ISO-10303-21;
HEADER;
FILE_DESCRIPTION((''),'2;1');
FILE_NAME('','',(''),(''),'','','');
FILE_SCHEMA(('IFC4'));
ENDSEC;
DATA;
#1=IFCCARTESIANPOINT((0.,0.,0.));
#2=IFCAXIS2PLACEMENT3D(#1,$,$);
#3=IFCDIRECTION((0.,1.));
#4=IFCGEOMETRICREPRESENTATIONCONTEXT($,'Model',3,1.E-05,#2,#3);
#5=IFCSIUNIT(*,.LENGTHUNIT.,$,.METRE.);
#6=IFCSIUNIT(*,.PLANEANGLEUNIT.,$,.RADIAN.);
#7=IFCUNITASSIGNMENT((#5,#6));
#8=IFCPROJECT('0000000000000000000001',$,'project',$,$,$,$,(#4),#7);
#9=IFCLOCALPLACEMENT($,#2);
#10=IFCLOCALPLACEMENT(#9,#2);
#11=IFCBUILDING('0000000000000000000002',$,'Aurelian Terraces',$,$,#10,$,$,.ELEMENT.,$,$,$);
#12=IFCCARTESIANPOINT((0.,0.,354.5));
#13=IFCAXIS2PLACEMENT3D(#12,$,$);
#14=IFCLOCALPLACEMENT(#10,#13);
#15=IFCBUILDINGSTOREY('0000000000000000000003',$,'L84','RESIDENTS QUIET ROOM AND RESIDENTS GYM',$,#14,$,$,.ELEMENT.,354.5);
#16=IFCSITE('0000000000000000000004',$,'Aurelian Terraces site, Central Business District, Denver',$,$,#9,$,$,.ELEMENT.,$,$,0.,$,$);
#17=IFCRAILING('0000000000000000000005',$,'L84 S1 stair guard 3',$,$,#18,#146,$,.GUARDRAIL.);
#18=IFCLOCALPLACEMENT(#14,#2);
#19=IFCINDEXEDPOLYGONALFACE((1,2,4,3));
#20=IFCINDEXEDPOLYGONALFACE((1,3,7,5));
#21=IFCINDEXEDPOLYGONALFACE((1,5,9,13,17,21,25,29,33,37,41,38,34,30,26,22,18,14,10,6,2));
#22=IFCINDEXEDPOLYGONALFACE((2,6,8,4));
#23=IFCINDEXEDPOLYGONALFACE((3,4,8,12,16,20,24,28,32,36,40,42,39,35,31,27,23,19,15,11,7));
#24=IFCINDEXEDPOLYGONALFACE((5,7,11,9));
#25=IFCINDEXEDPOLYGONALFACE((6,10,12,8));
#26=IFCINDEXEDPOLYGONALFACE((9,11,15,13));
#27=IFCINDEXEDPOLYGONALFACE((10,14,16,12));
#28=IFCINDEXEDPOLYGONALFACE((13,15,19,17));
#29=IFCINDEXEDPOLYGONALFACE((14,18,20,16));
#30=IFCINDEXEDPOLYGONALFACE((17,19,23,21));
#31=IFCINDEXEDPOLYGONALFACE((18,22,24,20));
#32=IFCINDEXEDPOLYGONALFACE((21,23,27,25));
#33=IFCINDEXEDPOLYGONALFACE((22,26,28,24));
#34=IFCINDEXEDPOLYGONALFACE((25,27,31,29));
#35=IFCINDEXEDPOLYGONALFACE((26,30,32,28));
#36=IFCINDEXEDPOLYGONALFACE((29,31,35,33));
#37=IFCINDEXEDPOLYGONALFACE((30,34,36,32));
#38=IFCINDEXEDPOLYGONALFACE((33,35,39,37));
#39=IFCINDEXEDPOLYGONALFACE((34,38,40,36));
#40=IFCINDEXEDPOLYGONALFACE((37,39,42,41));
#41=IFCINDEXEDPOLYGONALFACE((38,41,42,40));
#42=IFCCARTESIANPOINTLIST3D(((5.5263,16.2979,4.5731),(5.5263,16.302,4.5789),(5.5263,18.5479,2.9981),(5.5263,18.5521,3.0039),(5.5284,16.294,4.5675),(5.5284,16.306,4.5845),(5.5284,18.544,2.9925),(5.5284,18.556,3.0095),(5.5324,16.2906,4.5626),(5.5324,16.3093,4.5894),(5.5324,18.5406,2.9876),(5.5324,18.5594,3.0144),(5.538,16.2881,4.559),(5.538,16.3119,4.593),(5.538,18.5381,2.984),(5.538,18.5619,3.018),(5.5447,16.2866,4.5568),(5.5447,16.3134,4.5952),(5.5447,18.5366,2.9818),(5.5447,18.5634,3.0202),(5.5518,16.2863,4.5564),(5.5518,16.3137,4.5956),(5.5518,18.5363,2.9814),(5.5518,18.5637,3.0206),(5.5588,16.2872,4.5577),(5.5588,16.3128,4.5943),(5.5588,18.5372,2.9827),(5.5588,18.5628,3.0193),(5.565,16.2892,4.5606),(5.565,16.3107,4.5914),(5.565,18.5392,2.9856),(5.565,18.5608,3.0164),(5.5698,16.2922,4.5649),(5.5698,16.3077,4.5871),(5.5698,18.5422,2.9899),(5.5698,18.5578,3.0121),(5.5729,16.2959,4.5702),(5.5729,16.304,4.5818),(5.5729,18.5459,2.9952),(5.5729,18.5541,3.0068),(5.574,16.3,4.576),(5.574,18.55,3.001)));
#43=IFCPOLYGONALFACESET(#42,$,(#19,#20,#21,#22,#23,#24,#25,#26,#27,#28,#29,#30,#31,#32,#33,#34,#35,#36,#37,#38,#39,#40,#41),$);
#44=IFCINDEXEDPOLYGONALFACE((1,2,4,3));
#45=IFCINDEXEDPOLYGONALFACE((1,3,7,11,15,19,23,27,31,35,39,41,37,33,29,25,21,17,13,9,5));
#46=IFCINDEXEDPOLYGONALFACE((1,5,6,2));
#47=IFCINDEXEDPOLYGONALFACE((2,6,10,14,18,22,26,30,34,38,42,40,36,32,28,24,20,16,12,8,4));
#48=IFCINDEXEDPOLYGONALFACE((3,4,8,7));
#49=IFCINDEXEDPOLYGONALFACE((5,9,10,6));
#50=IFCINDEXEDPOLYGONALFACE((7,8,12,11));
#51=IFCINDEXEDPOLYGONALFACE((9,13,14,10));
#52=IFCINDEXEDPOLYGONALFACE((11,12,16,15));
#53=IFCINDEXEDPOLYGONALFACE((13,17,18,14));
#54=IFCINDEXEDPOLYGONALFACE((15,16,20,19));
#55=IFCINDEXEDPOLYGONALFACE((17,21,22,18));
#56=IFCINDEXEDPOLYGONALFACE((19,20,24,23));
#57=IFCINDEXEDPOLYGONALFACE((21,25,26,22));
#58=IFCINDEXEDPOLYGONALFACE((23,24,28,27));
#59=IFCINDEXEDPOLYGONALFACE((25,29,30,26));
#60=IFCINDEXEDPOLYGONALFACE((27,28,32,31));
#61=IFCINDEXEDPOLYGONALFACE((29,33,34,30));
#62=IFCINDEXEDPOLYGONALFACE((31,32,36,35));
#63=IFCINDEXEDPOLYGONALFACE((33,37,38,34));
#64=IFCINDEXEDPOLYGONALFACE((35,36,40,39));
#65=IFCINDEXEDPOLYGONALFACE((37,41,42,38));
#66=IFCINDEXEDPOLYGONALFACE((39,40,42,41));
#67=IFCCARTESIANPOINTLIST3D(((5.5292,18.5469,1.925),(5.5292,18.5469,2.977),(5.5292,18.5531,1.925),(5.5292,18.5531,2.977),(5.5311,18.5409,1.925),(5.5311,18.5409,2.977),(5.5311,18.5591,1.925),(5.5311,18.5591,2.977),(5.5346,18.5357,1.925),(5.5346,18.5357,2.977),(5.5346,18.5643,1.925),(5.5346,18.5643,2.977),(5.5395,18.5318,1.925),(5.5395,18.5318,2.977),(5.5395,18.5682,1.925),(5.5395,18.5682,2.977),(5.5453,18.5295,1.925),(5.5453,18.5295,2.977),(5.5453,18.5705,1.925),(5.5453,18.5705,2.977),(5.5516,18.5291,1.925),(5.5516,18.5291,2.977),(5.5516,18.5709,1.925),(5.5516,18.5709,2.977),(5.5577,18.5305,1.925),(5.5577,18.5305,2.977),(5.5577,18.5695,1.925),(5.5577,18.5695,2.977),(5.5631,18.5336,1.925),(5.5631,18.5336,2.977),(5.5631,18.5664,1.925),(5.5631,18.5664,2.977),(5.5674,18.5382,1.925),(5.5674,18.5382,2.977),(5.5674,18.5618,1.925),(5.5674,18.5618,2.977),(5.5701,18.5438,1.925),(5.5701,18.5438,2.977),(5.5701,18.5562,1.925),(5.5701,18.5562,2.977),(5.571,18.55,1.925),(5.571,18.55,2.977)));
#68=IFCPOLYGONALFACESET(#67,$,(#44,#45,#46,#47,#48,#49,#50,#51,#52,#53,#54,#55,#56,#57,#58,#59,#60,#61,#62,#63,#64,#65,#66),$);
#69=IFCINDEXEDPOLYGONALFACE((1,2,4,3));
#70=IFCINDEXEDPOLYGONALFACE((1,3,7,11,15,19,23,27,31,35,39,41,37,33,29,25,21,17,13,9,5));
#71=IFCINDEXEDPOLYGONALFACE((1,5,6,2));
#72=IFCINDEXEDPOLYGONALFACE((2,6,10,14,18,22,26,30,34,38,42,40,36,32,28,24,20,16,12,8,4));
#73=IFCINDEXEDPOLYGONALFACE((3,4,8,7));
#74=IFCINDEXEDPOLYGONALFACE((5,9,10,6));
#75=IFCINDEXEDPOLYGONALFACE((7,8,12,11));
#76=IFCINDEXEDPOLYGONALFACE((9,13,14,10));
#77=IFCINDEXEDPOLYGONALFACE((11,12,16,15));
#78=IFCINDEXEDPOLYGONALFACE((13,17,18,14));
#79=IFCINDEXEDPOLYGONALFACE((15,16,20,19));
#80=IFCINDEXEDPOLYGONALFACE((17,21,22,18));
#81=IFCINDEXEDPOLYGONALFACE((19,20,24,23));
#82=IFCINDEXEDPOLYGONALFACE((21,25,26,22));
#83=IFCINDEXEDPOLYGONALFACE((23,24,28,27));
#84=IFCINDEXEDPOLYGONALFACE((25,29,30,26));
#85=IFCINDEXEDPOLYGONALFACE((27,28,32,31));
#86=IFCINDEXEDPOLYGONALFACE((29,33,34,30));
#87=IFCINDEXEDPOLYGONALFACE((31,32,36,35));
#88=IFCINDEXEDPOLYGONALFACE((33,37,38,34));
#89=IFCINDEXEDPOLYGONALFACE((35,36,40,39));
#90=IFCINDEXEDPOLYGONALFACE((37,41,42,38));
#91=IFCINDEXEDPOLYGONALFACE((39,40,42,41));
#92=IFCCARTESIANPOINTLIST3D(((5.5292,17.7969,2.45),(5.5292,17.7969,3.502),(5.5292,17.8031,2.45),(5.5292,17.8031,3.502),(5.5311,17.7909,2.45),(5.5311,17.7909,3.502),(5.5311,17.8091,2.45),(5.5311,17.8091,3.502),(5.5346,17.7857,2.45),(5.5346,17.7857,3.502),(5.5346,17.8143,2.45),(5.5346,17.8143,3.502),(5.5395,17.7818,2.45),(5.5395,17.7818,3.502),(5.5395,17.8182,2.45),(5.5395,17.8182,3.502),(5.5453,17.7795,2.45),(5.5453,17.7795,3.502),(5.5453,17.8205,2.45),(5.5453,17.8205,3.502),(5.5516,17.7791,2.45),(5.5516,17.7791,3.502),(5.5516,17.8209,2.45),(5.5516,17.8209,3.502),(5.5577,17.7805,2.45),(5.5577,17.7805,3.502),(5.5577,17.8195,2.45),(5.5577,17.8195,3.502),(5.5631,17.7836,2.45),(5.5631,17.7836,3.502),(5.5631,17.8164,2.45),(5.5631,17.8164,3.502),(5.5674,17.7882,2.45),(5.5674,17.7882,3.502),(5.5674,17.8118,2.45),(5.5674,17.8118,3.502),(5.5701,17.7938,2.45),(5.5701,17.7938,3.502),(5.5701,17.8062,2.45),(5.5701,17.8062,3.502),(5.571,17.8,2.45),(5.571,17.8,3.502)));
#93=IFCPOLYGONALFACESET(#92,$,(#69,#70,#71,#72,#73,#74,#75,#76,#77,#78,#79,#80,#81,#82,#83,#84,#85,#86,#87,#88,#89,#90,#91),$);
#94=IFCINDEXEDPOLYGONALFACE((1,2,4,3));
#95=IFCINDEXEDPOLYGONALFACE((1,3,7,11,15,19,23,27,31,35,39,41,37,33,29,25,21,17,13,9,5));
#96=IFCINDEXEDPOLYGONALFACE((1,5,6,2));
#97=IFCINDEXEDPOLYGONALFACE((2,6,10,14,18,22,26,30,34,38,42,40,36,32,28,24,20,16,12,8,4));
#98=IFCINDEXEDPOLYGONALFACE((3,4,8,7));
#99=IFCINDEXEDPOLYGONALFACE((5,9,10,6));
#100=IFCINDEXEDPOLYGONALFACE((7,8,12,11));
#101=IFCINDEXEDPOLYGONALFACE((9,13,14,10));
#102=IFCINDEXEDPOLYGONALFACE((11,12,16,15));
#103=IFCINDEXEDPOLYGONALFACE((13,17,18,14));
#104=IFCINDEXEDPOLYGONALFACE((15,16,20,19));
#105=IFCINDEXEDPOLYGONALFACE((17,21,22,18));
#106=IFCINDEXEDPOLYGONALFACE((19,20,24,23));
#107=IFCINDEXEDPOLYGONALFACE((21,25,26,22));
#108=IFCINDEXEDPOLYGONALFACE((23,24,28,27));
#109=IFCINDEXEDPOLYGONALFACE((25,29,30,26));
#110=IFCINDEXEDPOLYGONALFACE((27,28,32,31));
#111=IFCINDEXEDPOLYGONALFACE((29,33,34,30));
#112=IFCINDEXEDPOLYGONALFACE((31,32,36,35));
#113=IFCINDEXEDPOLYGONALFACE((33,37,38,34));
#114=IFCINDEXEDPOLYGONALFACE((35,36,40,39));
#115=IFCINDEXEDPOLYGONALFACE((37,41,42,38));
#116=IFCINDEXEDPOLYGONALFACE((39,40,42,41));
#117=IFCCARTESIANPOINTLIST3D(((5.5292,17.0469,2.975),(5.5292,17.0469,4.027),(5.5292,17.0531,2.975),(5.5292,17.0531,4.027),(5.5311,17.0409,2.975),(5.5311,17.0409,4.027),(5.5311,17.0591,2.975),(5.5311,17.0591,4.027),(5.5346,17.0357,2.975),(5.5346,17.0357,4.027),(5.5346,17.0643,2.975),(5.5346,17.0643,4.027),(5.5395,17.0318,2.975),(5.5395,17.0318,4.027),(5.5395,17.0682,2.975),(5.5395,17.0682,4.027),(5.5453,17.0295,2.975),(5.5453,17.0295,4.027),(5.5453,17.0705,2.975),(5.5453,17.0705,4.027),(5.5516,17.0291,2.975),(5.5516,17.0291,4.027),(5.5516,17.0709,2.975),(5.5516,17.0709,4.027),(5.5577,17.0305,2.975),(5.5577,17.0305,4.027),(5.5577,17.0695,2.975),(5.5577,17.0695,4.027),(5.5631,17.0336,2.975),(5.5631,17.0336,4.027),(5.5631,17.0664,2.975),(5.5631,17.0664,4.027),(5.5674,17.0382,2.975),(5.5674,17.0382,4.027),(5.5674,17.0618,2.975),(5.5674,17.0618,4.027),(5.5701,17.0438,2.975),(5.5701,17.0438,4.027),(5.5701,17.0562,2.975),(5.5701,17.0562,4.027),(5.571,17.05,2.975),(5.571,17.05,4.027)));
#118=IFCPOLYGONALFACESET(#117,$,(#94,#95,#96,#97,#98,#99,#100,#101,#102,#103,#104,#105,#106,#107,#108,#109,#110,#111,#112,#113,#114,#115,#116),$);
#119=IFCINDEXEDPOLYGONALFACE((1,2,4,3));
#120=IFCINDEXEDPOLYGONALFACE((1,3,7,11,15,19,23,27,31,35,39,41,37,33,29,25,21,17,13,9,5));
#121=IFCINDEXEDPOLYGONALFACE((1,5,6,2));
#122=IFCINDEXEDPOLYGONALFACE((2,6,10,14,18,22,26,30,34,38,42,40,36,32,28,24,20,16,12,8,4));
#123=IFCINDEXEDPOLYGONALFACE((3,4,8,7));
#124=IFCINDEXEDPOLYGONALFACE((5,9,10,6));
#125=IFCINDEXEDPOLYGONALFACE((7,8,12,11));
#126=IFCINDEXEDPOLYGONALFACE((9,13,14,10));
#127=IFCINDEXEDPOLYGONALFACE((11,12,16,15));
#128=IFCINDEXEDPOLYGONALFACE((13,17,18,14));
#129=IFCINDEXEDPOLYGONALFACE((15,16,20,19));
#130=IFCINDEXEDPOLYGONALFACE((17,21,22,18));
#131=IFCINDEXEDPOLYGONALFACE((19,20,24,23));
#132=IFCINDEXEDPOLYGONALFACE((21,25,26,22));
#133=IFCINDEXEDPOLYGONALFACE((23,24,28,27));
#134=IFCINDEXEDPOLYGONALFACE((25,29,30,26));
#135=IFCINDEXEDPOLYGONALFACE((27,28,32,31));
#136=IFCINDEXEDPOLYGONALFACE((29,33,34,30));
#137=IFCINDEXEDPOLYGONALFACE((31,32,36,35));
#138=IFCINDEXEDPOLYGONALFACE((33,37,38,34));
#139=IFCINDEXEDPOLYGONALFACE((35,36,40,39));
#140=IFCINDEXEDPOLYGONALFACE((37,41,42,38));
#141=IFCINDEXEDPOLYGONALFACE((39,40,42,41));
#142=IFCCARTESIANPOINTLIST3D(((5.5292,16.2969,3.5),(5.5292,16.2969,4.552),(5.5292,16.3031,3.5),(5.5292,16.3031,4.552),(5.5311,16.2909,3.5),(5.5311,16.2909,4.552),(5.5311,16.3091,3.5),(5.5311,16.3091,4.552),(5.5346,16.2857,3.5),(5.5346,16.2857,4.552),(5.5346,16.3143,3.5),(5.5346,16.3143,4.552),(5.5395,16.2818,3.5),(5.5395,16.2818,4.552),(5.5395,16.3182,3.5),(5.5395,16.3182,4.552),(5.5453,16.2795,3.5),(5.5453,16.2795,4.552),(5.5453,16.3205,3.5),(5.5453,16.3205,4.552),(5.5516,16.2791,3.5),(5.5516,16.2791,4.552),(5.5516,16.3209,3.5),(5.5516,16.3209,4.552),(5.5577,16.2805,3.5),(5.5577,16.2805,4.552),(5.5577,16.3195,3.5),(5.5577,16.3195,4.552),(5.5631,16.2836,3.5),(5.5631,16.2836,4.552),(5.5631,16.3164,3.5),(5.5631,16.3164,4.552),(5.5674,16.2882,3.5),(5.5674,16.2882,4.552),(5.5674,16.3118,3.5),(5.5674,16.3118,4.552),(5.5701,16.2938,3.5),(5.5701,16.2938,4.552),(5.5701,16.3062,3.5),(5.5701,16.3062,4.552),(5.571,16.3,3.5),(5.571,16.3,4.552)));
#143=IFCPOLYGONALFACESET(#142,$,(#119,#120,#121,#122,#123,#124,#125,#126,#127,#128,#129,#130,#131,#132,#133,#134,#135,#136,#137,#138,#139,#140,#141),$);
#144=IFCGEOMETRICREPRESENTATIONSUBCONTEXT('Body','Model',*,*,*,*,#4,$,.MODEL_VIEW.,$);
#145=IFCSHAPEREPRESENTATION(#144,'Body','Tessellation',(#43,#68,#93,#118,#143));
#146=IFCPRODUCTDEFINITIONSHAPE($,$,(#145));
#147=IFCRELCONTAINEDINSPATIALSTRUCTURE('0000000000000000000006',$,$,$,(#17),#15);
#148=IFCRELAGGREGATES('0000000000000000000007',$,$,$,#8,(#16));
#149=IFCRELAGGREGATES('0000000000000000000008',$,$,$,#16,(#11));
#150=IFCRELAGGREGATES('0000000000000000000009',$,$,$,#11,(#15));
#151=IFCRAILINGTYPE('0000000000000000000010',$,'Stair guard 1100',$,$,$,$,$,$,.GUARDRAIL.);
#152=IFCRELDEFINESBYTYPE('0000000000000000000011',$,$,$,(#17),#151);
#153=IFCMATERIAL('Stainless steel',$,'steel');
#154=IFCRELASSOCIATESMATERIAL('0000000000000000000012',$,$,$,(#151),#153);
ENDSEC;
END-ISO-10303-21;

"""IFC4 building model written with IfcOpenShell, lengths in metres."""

from ifc_helpers import new_model, si_unit, direction, frame, origin, origin_2d, place, context, subcontext, project, spatial, circle, extrude, source, transform, mapped, material, type_object, element, save


model = new_model("IFC4")

# Units and contexts
model_context = context("Model", 3, precision=1e-05, world=origin(), true_north=direction((0.0, 1.0)))
body_context = subcontext(model_context, "Body", "Model", "MODEL_VIEW")
ifc_project = project(units=[si_unit("LENGTHUNIT", "METRE"), si_unit("PLANEANGLEUNIT", "RADIAN")], contexts=[model_context])

# Site, building, storey
site_placement = place(None, origin())
site = spatial("IfcSite", under=ifc_project, at=site_placement, Name="Aurelian Terraces site, Central Business District, Denver", CompositionType="ELEMENT", RefElevation=0.0)
building_placement = place(site_placement, origin())
building = spatial("IfcBuilding", under=site, at=building_placement, Name="Aurelian Terraces", CompositionType="ELEMENT")
storey_placement = place(building_placement, frame((0.0, 0.0, 354.5)))
storey = spatial("IfcBuildingStorey", under=building, at=storey_placement, Name="L84", Description="RESIDENTS QUIET ROOM AND RESIDENTS GYM", CompositionType="ELEMENT", Elevation=354.5)

# Railing
ifc_material_1 = material(Name="Stainless steel", Category="steel")
railing_type_1 = type_object("IfcRailingType", Name="Stair guard 1100", PredefinedType="GUARDRAIL", material=ifc_material_1)
shared_shape_1 = source(origin(), body_context, "Body", "SweptSolid", [
    extrude(circle(Radius=0.024, at=origin_2d()), frame((0.0, 0.0, 1.076), z_axis=(0.0, -0.819232, 0.573462), x_axis=(1.0, 0.0, 0.0)), (0.0, 0.0, 1.0), 2.7465),
    extrude(circle(Radius=0.021, at=origin_2d()), origin(), (0.0, 0.0, 1.0), 1.052),
    extrude(circle(Radius=0.021, at=origin_2d()), frame((0.0, -0.75, 0.525)), (0.0, 0.0, 1.0), 1.052),
    extrude(circle(Radius=0.021, at=origin_2d()), frame((0.0, -1.5, 1.05)), (0.0, 0.0, 1.0), 1.052),
    extrude(circle(Radius=0.021, at=origin_2d()), frame((0.0, -2.25, 1.575)), (0.0, 0.0, 1.0), 1.052),
])
railing_1_placement = place(storey_placement, frame((5.55, 18.55, 1.925)))
element("IfcRailing", 1, at=railing_1_placement, inside=storey, type_object=railing_type_1, Name="L84 S1 stair guard 3", PredefinedType="GUARDRAIL", context=body_context, shape_type="MappedRepresentation", body=[
    mapped(shared_shape_1, transform((0.0, 0.0, 0.0), scale=1.0)),
])

save(model, "model.ifc")
